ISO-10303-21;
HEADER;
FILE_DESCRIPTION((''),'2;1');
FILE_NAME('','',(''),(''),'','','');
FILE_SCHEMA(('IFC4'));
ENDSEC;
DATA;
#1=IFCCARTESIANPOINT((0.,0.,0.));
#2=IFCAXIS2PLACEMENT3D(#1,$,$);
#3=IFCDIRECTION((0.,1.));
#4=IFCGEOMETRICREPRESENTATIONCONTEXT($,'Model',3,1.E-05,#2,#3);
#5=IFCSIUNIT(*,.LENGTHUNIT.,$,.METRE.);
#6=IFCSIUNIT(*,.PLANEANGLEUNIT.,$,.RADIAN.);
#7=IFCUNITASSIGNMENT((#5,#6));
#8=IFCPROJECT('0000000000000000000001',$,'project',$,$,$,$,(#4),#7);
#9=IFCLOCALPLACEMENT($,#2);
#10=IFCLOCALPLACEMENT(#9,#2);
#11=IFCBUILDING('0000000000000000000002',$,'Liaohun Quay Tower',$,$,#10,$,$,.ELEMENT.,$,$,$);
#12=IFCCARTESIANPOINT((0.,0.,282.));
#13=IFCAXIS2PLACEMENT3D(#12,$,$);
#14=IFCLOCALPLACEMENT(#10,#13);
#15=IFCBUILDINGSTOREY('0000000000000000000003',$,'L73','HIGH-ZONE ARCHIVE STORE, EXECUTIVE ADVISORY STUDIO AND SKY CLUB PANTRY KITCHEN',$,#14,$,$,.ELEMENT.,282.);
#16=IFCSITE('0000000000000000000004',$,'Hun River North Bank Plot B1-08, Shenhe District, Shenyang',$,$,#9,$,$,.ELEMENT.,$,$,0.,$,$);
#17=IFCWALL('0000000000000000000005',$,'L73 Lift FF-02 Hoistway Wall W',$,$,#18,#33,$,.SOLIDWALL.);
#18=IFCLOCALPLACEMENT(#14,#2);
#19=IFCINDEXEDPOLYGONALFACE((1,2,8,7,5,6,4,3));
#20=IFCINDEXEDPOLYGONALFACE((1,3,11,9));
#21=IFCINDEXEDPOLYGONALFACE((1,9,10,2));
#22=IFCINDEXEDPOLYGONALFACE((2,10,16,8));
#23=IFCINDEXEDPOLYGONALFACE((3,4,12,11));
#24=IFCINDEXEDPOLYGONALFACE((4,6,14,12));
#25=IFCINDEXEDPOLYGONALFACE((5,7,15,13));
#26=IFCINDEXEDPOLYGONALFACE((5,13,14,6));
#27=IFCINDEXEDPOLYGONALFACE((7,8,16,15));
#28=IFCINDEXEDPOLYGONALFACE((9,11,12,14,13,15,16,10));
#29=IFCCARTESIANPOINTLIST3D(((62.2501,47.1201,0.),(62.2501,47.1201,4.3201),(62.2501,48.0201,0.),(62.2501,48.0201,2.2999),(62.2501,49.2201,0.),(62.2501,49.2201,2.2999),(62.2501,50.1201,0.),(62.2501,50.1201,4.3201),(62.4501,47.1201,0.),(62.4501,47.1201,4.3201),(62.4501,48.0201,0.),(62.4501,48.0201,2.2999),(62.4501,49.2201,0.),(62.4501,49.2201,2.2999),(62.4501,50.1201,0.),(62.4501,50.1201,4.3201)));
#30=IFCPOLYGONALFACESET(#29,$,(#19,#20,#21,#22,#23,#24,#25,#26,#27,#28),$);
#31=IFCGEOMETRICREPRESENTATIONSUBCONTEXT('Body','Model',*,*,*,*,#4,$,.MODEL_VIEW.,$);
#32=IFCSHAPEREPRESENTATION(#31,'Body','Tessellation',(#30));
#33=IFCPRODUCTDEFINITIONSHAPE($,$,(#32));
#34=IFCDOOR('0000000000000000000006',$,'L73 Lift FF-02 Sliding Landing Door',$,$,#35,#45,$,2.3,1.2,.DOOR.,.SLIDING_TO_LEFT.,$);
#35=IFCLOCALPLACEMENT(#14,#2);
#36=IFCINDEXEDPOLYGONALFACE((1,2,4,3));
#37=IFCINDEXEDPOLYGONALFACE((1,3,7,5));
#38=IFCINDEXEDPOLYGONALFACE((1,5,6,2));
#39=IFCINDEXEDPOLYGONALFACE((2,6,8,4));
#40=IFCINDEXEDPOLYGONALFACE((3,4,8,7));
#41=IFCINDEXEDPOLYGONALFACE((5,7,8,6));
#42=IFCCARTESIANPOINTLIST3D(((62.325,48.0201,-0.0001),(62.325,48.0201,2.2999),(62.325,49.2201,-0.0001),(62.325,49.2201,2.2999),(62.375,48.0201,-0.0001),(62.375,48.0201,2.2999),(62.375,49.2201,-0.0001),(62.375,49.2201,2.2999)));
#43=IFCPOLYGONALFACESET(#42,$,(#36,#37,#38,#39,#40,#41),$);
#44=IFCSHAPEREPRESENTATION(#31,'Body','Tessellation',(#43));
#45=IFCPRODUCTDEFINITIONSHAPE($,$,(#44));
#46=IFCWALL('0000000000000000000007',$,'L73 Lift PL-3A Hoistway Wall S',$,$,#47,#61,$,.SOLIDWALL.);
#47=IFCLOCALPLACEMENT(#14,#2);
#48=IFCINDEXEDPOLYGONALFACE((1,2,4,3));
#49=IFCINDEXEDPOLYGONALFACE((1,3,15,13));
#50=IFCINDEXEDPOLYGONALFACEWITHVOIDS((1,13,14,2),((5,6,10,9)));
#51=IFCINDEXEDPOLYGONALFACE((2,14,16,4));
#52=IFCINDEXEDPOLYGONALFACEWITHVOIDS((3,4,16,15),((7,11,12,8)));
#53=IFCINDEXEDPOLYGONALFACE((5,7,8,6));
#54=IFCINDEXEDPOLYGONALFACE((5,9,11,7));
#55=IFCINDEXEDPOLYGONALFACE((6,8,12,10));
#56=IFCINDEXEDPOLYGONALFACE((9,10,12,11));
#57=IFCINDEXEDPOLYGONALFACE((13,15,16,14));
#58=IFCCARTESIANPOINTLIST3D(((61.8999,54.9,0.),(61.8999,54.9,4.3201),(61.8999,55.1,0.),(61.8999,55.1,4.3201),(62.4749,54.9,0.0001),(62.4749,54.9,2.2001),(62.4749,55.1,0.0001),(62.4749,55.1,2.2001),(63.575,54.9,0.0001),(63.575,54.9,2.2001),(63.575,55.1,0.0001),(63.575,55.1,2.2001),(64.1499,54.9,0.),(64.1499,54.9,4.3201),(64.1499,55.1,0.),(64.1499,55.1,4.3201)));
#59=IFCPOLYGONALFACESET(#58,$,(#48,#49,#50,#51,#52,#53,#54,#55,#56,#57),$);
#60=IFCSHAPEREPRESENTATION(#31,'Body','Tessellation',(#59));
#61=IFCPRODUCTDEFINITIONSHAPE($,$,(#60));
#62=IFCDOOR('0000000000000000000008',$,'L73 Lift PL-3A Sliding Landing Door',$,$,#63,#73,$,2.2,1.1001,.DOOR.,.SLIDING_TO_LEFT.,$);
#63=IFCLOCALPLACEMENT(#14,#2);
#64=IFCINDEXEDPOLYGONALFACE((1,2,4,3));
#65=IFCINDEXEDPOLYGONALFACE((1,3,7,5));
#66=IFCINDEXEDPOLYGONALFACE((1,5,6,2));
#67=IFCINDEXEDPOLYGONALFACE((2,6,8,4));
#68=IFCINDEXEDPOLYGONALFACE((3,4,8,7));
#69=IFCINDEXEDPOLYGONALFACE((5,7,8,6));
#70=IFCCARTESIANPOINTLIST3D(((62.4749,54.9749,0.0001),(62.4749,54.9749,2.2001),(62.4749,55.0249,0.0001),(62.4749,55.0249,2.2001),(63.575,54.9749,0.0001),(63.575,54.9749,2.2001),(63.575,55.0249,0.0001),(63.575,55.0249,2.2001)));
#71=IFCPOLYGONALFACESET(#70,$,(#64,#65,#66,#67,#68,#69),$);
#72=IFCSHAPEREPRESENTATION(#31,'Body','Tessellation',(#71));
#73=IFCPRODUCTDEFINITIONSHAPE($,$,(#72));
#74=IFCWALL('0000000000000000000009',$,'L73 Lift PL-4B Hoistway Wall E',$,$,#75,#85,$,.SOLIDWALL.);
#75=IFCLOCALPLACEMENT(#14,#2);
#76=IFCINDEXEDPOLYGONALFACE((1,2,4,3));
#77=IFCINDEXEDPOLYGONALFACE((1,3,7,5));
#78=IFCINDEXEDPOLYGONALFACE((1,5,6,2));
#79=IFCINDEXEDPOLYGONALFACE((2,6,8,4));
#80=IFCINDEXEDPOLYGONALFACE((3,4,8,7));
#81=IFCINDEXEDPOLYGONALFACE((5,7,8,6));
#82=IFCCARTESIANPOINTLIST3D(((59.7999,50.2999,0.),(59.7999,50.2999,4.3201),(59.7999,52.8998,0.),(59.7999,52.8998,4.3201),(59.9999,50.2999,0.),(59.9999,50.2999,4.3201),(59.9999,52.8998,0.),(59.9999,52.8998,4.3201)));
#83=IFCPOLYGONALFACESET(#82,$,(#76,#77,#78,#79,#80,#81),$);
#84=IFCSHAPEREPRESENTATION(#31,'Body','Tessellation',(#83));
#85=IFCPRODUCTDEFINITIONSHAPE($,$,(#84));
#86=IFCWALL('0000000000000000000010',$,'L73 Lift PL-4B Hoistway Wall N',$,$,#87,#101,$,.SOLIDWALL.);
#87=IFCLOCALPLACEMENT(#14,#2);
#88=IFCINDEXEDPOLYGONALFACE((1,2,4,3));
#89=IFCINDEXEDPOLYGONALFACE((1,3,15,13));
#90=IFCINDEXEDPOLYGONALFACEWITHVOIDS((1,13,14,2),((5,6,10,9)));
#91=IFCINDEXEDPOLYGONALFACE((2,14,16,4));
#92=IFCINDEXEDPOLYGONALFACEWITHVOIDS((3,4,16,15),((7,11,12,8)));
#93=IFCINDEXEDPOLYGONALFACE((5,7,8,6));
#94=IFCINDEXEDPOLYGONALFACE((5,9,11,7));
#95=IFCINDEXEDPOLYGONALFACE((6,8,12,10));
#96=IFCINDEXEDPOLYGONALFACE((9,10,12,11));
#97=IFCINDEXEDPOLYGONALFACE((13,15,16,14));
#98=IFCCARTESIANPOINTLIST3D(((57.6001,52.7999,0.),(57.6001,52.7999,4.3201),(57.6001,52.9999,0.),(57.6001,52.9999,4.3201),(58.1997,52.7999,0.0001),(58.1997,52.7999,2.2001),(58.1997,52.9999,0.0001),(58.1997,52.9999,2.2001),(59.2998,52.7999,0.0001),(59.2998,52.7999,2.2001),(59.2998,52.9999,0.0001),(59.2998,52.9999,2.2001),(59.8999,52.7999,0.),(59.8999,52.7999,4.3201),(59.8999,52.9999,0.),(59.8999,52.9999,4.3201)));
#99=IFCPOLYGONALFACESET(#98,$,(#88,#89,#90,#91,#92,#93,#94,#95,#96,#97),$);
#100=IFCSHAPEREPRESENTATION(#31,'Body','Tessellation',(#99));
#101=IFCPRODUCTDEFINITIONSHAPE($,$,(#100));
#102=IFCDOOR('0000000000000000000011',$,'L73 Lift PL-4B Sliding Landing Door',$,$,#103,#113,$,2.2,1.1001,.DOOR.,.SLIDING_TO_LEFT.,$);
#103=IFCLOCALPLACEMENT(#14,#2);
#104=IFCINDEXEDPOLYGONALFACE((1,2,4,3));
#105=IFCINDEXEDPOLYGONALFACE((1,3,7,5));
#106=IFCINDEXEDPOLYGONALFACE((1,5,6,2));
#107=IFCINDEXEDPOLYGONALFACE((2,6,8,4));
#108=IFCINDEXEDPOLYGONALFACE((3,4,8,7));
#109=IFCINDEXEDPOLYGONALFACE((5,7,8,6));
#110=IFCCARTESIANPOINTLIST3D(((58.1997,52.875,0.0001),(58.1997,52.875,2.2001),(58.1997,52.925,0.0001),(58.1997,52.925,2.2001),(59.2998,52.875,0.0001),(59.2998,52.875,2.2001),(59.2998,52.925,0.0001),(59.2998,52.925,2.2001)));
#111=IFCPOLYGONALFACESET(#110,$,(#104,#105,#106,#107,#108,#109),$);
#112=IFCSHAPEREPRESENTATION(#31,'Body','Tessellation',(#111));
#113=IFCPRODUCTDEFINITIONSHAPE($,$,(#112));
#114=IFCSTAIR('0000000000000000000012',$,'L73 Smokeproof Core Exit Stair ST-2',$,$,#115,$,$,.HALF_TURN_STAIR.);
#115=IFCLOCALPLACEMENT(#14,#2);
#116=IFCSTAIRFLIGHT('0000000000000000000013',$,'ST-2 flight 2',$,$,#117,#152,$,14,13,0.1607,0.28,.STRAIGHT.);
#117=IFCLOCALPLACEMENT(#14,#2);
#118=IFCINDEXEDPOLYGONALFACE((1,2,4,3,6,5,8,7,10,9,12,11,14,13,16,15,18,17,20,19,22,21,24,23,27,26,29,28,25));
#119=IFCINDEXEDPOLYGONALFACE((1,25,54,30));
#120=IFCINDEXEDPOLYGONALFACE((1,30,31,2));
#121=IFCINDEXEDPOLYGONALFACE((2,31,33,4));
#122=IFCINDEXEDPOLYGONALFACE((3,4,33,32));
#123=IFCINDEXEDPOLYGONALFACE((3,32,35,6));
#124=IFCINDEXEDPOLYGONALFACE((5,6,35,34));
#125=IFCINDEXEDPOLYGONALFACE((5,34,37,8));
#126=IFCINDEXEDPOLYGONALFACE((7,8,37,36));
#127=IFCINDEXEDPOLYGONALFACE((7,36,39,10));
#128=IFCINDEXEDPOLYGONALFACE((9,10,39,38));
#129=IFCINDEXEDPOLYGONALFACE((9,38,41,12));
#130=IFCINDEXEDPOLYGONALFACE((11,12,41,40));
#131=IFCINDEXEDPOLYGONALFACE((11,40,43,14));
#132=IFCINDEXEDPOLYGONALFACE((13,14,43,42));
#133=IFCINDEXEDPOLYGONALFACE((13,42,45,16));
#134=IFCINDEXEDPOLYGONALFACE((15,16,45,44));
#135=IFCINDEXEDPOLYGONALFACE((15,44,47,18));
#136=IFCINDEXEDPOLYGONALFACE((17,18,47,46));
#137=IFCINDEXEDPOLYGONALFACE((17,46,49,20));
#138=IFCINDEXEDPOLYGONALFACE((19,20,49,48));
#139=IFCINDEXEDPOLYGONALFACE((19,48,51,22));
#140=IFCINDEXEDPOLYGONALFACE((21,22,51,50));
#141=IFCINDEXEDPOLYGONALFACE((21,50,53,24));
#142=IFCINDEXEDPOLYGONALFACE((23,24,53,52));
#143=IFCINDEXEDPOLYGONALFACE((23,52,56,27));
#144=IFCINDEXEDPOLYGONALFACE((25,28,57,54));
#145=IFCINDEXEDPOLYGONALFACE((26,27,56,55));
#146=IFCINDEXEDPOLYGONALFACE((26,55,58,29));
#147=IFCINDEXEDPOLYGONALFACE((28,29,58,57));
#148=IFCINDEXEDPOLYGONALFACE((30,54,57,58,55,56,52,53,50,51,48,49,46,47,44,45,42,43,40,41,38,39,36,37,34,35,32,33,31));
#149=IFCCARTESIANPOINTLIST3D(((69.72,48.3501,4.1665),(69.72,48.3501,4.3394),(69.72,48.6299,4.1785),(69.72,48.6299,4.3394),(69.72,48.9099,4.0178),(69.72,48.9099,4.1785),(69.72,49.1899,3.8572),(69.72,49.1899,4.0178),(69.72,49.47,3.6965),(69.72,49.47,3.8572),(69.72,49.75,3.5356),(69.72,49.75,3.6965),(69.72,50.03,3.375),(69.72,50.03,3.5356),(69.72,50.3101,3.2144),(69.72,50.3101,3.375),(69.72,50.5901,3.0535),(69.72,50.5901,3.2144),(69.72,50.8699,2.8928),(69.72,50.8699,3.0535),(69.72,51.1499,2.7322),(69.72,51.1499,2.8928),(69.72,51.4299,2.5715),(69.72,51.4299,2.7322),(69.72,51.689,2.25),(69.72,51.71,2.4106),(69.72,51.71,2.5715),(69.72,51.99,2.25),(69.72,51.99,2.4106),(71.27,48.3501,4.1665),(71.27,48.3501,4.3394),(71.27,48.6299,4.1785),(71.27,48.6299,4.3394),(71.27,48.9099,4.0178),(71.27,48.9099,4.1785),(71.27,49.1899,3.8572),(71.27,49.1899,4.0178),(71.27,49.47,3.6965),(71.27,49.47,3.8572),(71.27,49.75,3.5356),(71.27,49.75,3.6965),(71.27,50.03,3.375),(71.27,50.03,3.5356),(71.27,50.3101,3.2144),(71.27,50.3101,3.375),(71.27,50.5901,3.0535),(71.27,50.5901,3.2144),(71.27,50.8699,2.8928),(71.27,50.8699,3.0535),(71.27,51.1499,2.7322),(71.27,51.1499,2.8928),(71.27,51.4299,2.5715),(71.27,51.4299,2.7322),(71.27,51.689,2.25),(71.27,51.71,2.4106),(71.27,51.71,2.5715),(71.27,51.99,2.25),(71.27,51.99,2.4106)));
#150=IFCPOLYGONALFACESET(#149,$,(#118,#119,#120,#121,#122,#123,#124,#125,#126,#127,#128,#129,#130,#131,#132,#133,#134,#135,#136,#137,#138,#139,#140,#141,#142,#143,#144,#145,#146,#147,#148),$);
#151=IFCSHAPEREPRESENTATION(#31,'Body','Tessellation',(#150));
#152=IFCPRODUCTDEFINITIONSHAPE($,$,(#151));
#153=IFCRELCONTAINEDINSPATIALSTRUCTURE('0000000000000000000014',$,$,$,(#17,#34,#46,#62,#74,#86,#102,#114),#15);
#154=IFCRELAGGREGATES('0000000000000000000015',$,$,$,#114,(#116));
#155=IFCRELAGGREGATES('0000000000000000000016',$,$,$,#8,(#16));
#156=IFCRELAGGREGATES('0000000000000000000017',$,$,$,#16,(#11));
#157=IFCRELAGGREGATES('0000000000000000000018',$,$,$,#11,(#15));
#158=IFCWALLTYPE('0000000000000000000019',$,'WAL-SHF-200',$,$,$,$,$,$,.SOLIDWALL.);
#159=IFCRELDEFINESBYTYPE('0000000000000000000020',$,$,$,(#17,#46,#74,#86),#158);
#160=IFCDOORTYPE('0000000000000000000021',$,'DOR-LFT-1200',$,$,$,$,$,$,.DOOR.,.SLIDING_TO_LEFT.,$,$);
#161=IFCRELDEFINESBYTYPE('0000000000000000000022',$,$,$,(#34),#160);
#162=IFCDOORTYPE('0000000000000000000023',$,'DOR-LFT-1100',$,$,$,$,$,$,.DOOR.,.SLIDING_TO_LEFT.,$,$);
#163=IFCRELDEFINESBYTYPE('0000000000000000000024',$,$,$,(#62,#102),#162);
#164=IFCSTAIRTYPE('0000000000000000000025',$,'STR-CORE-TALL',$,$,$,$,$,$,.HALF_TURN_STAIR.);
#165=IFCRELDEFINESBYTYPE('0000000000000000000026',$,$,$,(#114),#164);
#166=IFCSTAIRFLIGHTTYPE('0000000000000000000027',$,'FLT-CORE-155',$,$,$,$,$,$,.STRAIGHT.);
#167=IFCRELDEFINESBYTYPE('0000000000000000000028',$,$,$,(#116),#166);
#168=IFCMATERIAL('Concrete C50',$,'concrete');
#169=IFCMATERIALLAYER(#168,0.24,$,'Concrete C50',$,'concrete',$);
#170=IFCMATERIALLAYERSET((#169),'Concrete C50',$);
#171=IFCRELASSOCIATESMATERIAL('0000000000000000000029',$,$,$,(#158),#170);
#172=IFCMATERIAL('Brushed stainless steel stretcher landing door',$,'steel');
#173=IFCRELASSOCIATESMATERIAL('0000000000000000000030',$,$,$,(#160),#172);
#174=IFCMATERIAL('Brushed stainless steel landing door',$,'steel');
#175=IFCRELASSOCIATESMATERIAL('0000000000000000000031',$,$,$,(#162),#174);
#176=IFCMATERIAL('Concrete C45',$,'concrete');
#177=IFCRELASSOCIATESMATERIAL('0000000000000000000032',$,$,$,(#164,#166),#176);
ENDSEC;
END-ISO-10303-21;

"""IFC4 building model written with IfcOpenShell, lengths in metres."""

from ifc_helpers import new_model, si_unit, direction, frame, frame_2d, origin, place, context, subcontext, project, spatial, polyline, rectangle, outline, extrude, source, transform, mapped, material, layer, layer_set, type_object, element, fill, aggregate, save


model = new_model("IFC4")

# Units and contexts
model_context = context("Model", 3, precision=1e-05, world=origin(), true_north=direction((0.0, 1.0)))
body_context = subcontext(model_context, "Body", "Model", "MODEL_VIEW")
ifc_project = project(units=[si_unit("LENGTHUNIT", "METRE"), si_unit("PLANEANGLEUNIT", "RADIAN")], contexts=[model_context])

# Site, building, storey
site_placement = place(None, origin())
site = spatial("IfcSite", under=ifc_project, at=site_placement, Name="Hun River North Bank Plot B1-08, Shenhe District, Shenyang", CompositionType="ELEMENT", RefElevation=0.0)
building_placement = place(site_placement, origin())
building = spatial("IfcBuilding", under=site, at=building_placement, Name="Liaohun Quay Tower", CompositionType="ELEMENT")
storey_placement = place(building_placement, frame((0.0, 0.0, 282.0)))
storey = spatial("IfcBuildingStorey", under=building, at=storey_placement, Name="L73", Description="HIGH-ZONE ARCHIVE STORE, EXECUTIVE ADVISORY STUDIO AND SKY CLUB PANTRY KITCHEN", CompositionType="ELEMENT", Elevation=282.0)

# Shared definitions
ifc_material_1 = material(Name="Concrete C50", Category="concrete")
ifc_layer_1 = layer(ifc_material_1, 0.24, Name="Concrete C50", Category="concrete")
ifc_layer_set_1 = layer_set([ifc_layer_1], Name="Concrete C50")
wall_type_1 = type_object("IfcWallType", Name="WAL-SHF-200", PredefinedType="SOLIDWALL", material=ifc_layer_set_1)

# Walls, openings, doors
wall_1_placement = place(storey_placement, frame((62.3501, 50.1201, 0.0), z_axis=(0.0, 0.0, 1.0), x_axis=(0.0, -1.0, 0.0)))
wall_1 = element("IfcWall", 1, at=wall_1_placement, inside=storey, type_object=wall_type_1, Name="L73 Lift FF-02 Hoistway Wall W", PredefinedType="SOLIDWALL", context=body_context, shape_type="SweptSolid", body=[
    extrude(rectangle(XDim=3.0, YDim=0.2, at=frame_2d((1.5, 0.0))), origin(), (0.0, 0.0, 1.0), 4.3201),
])
shared_shape_1 = source(origin(), body_context, "Body", "SweptSolid", [
    extrude(rectangle(XDim=1.2, YDim=2.3, at=frame_2d((0.6001, 1.1499))), frame((0.0, 0.1099, 0.0), z_axis=(0.0, -1.0, 0.0), x_axis=(1.0, 0.0, 0.0)), (0.0, 0.0, 1.0), 0.22),
])
opening_1_placement = place(wall_1_placement, frame((0.8999, 0.0, 0.0)))
opening_1 = element("IfcOpeningElement", 2, at=opening_1_placement, cuts=wall_1, PredefinedType="OPENING", context=body_context, shape_type="MappedRepresentation", body=[
    mapped(shared_shape_1, transform((0.0, 0.0, 0.0), x_axis=(1.0, 0.0, 0.0), y_axis=(0.0, 1.0, 0.0), z_axis=(0.0, 0.0, 1.0), scale=1.0)),
])
ifc_material_2 = material(Name="Brushed stainless steel stretcher landing door", Category="steel")
door_type_1 = type_object("IfcDoorType", Name="DOR-LFT-1200", OperationType="SLIDING_TO_LEFT", PredefinedType="DOOR", material=ifc_material_2)
shared_shape_2 = source(origin(), body_context, "Body", "SweptSolid", [
    extrude(rectangle(XDim=1.2, YDim=2.3, at=frame_2d((0.6001, 1.1499))), frame((0.0, 0.0249, 0.0), z_axis=(0.0, -1.0, 0.0), x_axis=(1.0, 0.0, 0.0)), (0.0, 0.0, 1.0), 0.05),
])
door_1_placement = place(opening_1_placement, origin())
door_1 = element("IfcDoor", 3, at=door_1_placement, inside=storey, type_object=door_type_1, Name="L73 Lift FF-02 Sliding Landing Door", OperationType="SLIDING_TO_LEFT", OverallHeight=2.3, OverallWidth=1.2, PredefinedType="DOOR", context=body_context, shape_type="MappedRepresentation", body=[
    mapped(shared_shape_2, transform((0.0, 0.0, 0.0), x_axis=(1.0, 0.0, 0.0), y_axis=(0.0, 1.0, 0.0), z_axis=(0.0, 0.0, 1.0), scale=1.0)),
])
fill(opening_1, door_1)
wall_2_placement = place(storey_placement, frame((61.8999, 55.0, 0.0), z_axis=(0.0, 0.0, 1.0), x_axis=(1.0, 0.0, 0.0)))
wall_2 = element("IfcWall", 4, at=wall_2_placement, inside=storey, type_object=wall_type_1, Name="L73 Lift PL-3A Hoistway Wall S", PredefinedType="SOLIDWALL", context=body_context, shape_type="SweptSolid", body=[
    extrude(rectangle(XDim=2.25, YDim=0.2, at=frame_2d((1.125, 0.0))), origin(), (0.0, 0.0, 1.0), 4.3201),
])
shared_shape_3 = source(origin(), body_context, "Body", "SweptSolid", [
    extrude(rectangle(XDim=1.1001, YDim=2.2, at=frame_2d((0.55, 1.1001))), frame((0.0, 0.1099, 0.0), z_axis=(0.0, -1.0, 0.0), x_axis=(1.0, 0.0, 0.0)), (0.0, 0.0, 1.0), 0.22),
])
opening_2_placement = place(wall_2_placement, frame((0.575, 0.0, 0.0)))
opening_2 = element("IfcOpeningElement", 5, at=opening_2_placement, cuts=wall_2, PredefinedType="OPENING", context=body_context, shape_type="MappedRepresentation", body=[
    mapped(shared_shape_3, transform((0.0, 0.0, 0.0), x_axis=(1.0, 0.0, 0.0), y_axis=(0.0, 1.0, 0.0), z_axis=(0.0, 0.0, 1.0), scale=1.0)),
])
ifc_material_3 = material(Name="Brushed stainless steel landing door", Category="steel")
door_type_2 = type_object("IfcDoorType", Name="DOR-LFT-1100", OperationType="SLIDING_TO_LEFT", PredefinedType="DOOR", material=ifc_material_3)
shared_shape_4 = source(origin(), body_context, "Body", "SweptSolid", [
    extrude(rectangle(XDim=1.1001, YDim=2.2, at=frame_2d((0.55, 1.1001))), frame((0.0, 0.0249, 0.0), z_axis=(0.0, -1.0, 0.0), x_axis=(1.0, 0.0, 0.0)), (0.0, 0.0, 1.0), 0.05),
])
door_2_placement = place(opening_2_placement, origin())
door_2 = element("IfcDoor", 6, at=door_2_placement, inside=storey, type_object=door_type_2, Name="L73 Lift PL-3A Sliding Landing Door", OperationType="SLIDING_TO_LEFT", OverallHeight=2.2, OverallWidth=1.1001, PredefinedType="DOOR", context=body_context, shape_type="MappedRepresentation", body=[
    mapped(shared_shape_4, transform((0.0, 0.0, 0.0), x_axis=(1.0, 0.0, 0.0), y_axis=(0.0, 1.0, 0.0), z_axis=(0.0, 0.0, 1.0), scale=1.0)),
])
fill(opening_2, door_2)

# Wall
wall_3_placement = place(storey_placement, frame((59.8999, 50.3, 0.0), z_axis=(0.0, 0.0, 1.0), x_axis=(0.0, 1.0, 0.0)))
element("IfcWall", 7, at=wall_3_placement, inside=storey, type_object=wall_type_1, Name="L73 Lift PL-4B Hoistway Wall E", PredefinedType="SOLIDWALL", context=body_context, shape_type="SweptSolid", body=[
    extrude(rectangle(XDim=2.5999, YDim=0.2, at=frame_2d((1.2998, 0.0))), origin(), (0.0, 0.0, 1.0), 4.3201),
])

# Wall, opening, door
wall_4_placement = place(storey_placement, frame((59.8999, 52.8999, 0.0), z_axis=(0.0, 0.0, 1.0), x_axis=(-1.0, 0.0, 0.0)))
wall_4 = element("IfcWall", 8, at=wall_4_placement, inside=storey, type_object=wall_type_1, Name="L73 Lift PL-4B Hoistway Wall N", PredefinedType="SOLIDWALL", context=body_context, shape_type="SweptSolid", body=[
    extrude(rectangle(XDim=2.2998, YDim=0.2, at=frame_2d((1.1499, 0.0))), origin(), (0.0, 0.0, 1.0), 4.3201),
])
opening_3_placement = place(wall_4_placement, frame((0.6001, 0.0, 0.0)))
opening_3 = element("IfcOpeningElement", 9, at=opening_3_placement, cuts=wall_4, PredefinedType="OPENING", context=body_context, shape_type="MappedRepresentation", body=[
    mapped(shared_shape_3, transform((0.0, 0.0, 0.0), x_axis=(1.0, 0.0, 0.0), y_axis=(0.0, 1.0, 0.0), z_axis=(0.0, 0.0, 1.0), scale=1.0)),
])
door_3_placement = place(opening_3_placement, origin())
door_3 = element("IfcDoor", 10, at=door_3_placement, inside=storey, type_object=door_type_2, Name="L73 Lift PL-4B Sliding Landing Door", OperationType="SLIDING_TO_LEFT", OverallHeight=2.2, OverallWidth=1.1001, PredefinedType="DOOR", context=body_context, shape_type="MappedRepresentation", body=[
    mapped(shared_shape_4, transform((0.0, 0.0, 0.0), x_axis=(1.0, 0.0, 0.0), y_axis=(0.0, 1.0, 0.0), z_axis=(0.0, 0.0, 1.0), scale=1.0)),
])
fill(opening_3, door_3)

# Stair, stair flight
ifc_material_4 = material(Name="Concrete C45", Category="concrete")
stair_type = type_object("IfcStairType", Name="STR-CORE-TALL", PredefinedType="HALF_TURN_STAIR", material=ifc_material_4)
stair_placement = place(storey_placement, origin())
stair = element("IfcStair", 11, at=stair_placement, inside=storey, type_object=stair_type, Name="L73 Smokeproof Core Exit Stair ST-2", PredefinedType="HALF_TURN_STAIR")
stair_flight_type = type_object("IfcStairFlightType", Name="FLT-CORE-155", PredefinedType="STRAIGHT", material=ifc_material_4)
stair_flight_placement = place(storey_placement, frame((70.4951, 51.99, 2.25), z_axis=(0.0, 0.0, 1.0), x_axis=(0.0, -1.0, 0.0)))
stair_flight = element("IfcStairFlight", 12, at=stair_flight_placement, type_object=stair_flight_type, Name="ST-2 flight 2", NumberOfRisers=14, NumberOfTreads=13, PredefinedType="STRAIGHT", RiserHeight=0.1607, TreadLength=0.28, context=body_context, shape_type="SweptSolid", body=[
    extrude(outline(polyline([(0.0, 0.0), (0.0, 0.1606), (0.28, 0.1606), (0.28, 0.3215), (0.5601, 0.3215), (0.5601, 0.4822), (0.8401, 0.4822), (0.8401, 0.6428), (1.1201, 0.6428), (1.1201, 0.8035), (1.3999, 0.8035), (1.3999, 0.9644), (1.6799, 0.9644), (1.6799, 1.125), (1.96, 1.125), (1.96, 1.2856), (2.24, 1.2856), (2.24, 1.4465), (2.52, 1.4465), (2.52, 1.6072), (2.8, 1.6072), (2.8, 1.7678), (3.0801, 1.7678), (3.0801, 1.9285), (3.3601, 1.9285), (3.3601, 2.0894), (3.6399, 2.0894), (3.6399, 2.25), (3.6399, 1.9165), (0.301, 0.0), (0.0, 0.0)])), frame((0.0, 0.7749, 0.0), z_axis=(0.0, -1.0, 0.0), x_axis=(1.0, 0.0, 0.0)), (0.0, 0.0, 1.0), 1.55),
])
aggregate(stair, [stair_flight])

save(model, "model.ifc")
